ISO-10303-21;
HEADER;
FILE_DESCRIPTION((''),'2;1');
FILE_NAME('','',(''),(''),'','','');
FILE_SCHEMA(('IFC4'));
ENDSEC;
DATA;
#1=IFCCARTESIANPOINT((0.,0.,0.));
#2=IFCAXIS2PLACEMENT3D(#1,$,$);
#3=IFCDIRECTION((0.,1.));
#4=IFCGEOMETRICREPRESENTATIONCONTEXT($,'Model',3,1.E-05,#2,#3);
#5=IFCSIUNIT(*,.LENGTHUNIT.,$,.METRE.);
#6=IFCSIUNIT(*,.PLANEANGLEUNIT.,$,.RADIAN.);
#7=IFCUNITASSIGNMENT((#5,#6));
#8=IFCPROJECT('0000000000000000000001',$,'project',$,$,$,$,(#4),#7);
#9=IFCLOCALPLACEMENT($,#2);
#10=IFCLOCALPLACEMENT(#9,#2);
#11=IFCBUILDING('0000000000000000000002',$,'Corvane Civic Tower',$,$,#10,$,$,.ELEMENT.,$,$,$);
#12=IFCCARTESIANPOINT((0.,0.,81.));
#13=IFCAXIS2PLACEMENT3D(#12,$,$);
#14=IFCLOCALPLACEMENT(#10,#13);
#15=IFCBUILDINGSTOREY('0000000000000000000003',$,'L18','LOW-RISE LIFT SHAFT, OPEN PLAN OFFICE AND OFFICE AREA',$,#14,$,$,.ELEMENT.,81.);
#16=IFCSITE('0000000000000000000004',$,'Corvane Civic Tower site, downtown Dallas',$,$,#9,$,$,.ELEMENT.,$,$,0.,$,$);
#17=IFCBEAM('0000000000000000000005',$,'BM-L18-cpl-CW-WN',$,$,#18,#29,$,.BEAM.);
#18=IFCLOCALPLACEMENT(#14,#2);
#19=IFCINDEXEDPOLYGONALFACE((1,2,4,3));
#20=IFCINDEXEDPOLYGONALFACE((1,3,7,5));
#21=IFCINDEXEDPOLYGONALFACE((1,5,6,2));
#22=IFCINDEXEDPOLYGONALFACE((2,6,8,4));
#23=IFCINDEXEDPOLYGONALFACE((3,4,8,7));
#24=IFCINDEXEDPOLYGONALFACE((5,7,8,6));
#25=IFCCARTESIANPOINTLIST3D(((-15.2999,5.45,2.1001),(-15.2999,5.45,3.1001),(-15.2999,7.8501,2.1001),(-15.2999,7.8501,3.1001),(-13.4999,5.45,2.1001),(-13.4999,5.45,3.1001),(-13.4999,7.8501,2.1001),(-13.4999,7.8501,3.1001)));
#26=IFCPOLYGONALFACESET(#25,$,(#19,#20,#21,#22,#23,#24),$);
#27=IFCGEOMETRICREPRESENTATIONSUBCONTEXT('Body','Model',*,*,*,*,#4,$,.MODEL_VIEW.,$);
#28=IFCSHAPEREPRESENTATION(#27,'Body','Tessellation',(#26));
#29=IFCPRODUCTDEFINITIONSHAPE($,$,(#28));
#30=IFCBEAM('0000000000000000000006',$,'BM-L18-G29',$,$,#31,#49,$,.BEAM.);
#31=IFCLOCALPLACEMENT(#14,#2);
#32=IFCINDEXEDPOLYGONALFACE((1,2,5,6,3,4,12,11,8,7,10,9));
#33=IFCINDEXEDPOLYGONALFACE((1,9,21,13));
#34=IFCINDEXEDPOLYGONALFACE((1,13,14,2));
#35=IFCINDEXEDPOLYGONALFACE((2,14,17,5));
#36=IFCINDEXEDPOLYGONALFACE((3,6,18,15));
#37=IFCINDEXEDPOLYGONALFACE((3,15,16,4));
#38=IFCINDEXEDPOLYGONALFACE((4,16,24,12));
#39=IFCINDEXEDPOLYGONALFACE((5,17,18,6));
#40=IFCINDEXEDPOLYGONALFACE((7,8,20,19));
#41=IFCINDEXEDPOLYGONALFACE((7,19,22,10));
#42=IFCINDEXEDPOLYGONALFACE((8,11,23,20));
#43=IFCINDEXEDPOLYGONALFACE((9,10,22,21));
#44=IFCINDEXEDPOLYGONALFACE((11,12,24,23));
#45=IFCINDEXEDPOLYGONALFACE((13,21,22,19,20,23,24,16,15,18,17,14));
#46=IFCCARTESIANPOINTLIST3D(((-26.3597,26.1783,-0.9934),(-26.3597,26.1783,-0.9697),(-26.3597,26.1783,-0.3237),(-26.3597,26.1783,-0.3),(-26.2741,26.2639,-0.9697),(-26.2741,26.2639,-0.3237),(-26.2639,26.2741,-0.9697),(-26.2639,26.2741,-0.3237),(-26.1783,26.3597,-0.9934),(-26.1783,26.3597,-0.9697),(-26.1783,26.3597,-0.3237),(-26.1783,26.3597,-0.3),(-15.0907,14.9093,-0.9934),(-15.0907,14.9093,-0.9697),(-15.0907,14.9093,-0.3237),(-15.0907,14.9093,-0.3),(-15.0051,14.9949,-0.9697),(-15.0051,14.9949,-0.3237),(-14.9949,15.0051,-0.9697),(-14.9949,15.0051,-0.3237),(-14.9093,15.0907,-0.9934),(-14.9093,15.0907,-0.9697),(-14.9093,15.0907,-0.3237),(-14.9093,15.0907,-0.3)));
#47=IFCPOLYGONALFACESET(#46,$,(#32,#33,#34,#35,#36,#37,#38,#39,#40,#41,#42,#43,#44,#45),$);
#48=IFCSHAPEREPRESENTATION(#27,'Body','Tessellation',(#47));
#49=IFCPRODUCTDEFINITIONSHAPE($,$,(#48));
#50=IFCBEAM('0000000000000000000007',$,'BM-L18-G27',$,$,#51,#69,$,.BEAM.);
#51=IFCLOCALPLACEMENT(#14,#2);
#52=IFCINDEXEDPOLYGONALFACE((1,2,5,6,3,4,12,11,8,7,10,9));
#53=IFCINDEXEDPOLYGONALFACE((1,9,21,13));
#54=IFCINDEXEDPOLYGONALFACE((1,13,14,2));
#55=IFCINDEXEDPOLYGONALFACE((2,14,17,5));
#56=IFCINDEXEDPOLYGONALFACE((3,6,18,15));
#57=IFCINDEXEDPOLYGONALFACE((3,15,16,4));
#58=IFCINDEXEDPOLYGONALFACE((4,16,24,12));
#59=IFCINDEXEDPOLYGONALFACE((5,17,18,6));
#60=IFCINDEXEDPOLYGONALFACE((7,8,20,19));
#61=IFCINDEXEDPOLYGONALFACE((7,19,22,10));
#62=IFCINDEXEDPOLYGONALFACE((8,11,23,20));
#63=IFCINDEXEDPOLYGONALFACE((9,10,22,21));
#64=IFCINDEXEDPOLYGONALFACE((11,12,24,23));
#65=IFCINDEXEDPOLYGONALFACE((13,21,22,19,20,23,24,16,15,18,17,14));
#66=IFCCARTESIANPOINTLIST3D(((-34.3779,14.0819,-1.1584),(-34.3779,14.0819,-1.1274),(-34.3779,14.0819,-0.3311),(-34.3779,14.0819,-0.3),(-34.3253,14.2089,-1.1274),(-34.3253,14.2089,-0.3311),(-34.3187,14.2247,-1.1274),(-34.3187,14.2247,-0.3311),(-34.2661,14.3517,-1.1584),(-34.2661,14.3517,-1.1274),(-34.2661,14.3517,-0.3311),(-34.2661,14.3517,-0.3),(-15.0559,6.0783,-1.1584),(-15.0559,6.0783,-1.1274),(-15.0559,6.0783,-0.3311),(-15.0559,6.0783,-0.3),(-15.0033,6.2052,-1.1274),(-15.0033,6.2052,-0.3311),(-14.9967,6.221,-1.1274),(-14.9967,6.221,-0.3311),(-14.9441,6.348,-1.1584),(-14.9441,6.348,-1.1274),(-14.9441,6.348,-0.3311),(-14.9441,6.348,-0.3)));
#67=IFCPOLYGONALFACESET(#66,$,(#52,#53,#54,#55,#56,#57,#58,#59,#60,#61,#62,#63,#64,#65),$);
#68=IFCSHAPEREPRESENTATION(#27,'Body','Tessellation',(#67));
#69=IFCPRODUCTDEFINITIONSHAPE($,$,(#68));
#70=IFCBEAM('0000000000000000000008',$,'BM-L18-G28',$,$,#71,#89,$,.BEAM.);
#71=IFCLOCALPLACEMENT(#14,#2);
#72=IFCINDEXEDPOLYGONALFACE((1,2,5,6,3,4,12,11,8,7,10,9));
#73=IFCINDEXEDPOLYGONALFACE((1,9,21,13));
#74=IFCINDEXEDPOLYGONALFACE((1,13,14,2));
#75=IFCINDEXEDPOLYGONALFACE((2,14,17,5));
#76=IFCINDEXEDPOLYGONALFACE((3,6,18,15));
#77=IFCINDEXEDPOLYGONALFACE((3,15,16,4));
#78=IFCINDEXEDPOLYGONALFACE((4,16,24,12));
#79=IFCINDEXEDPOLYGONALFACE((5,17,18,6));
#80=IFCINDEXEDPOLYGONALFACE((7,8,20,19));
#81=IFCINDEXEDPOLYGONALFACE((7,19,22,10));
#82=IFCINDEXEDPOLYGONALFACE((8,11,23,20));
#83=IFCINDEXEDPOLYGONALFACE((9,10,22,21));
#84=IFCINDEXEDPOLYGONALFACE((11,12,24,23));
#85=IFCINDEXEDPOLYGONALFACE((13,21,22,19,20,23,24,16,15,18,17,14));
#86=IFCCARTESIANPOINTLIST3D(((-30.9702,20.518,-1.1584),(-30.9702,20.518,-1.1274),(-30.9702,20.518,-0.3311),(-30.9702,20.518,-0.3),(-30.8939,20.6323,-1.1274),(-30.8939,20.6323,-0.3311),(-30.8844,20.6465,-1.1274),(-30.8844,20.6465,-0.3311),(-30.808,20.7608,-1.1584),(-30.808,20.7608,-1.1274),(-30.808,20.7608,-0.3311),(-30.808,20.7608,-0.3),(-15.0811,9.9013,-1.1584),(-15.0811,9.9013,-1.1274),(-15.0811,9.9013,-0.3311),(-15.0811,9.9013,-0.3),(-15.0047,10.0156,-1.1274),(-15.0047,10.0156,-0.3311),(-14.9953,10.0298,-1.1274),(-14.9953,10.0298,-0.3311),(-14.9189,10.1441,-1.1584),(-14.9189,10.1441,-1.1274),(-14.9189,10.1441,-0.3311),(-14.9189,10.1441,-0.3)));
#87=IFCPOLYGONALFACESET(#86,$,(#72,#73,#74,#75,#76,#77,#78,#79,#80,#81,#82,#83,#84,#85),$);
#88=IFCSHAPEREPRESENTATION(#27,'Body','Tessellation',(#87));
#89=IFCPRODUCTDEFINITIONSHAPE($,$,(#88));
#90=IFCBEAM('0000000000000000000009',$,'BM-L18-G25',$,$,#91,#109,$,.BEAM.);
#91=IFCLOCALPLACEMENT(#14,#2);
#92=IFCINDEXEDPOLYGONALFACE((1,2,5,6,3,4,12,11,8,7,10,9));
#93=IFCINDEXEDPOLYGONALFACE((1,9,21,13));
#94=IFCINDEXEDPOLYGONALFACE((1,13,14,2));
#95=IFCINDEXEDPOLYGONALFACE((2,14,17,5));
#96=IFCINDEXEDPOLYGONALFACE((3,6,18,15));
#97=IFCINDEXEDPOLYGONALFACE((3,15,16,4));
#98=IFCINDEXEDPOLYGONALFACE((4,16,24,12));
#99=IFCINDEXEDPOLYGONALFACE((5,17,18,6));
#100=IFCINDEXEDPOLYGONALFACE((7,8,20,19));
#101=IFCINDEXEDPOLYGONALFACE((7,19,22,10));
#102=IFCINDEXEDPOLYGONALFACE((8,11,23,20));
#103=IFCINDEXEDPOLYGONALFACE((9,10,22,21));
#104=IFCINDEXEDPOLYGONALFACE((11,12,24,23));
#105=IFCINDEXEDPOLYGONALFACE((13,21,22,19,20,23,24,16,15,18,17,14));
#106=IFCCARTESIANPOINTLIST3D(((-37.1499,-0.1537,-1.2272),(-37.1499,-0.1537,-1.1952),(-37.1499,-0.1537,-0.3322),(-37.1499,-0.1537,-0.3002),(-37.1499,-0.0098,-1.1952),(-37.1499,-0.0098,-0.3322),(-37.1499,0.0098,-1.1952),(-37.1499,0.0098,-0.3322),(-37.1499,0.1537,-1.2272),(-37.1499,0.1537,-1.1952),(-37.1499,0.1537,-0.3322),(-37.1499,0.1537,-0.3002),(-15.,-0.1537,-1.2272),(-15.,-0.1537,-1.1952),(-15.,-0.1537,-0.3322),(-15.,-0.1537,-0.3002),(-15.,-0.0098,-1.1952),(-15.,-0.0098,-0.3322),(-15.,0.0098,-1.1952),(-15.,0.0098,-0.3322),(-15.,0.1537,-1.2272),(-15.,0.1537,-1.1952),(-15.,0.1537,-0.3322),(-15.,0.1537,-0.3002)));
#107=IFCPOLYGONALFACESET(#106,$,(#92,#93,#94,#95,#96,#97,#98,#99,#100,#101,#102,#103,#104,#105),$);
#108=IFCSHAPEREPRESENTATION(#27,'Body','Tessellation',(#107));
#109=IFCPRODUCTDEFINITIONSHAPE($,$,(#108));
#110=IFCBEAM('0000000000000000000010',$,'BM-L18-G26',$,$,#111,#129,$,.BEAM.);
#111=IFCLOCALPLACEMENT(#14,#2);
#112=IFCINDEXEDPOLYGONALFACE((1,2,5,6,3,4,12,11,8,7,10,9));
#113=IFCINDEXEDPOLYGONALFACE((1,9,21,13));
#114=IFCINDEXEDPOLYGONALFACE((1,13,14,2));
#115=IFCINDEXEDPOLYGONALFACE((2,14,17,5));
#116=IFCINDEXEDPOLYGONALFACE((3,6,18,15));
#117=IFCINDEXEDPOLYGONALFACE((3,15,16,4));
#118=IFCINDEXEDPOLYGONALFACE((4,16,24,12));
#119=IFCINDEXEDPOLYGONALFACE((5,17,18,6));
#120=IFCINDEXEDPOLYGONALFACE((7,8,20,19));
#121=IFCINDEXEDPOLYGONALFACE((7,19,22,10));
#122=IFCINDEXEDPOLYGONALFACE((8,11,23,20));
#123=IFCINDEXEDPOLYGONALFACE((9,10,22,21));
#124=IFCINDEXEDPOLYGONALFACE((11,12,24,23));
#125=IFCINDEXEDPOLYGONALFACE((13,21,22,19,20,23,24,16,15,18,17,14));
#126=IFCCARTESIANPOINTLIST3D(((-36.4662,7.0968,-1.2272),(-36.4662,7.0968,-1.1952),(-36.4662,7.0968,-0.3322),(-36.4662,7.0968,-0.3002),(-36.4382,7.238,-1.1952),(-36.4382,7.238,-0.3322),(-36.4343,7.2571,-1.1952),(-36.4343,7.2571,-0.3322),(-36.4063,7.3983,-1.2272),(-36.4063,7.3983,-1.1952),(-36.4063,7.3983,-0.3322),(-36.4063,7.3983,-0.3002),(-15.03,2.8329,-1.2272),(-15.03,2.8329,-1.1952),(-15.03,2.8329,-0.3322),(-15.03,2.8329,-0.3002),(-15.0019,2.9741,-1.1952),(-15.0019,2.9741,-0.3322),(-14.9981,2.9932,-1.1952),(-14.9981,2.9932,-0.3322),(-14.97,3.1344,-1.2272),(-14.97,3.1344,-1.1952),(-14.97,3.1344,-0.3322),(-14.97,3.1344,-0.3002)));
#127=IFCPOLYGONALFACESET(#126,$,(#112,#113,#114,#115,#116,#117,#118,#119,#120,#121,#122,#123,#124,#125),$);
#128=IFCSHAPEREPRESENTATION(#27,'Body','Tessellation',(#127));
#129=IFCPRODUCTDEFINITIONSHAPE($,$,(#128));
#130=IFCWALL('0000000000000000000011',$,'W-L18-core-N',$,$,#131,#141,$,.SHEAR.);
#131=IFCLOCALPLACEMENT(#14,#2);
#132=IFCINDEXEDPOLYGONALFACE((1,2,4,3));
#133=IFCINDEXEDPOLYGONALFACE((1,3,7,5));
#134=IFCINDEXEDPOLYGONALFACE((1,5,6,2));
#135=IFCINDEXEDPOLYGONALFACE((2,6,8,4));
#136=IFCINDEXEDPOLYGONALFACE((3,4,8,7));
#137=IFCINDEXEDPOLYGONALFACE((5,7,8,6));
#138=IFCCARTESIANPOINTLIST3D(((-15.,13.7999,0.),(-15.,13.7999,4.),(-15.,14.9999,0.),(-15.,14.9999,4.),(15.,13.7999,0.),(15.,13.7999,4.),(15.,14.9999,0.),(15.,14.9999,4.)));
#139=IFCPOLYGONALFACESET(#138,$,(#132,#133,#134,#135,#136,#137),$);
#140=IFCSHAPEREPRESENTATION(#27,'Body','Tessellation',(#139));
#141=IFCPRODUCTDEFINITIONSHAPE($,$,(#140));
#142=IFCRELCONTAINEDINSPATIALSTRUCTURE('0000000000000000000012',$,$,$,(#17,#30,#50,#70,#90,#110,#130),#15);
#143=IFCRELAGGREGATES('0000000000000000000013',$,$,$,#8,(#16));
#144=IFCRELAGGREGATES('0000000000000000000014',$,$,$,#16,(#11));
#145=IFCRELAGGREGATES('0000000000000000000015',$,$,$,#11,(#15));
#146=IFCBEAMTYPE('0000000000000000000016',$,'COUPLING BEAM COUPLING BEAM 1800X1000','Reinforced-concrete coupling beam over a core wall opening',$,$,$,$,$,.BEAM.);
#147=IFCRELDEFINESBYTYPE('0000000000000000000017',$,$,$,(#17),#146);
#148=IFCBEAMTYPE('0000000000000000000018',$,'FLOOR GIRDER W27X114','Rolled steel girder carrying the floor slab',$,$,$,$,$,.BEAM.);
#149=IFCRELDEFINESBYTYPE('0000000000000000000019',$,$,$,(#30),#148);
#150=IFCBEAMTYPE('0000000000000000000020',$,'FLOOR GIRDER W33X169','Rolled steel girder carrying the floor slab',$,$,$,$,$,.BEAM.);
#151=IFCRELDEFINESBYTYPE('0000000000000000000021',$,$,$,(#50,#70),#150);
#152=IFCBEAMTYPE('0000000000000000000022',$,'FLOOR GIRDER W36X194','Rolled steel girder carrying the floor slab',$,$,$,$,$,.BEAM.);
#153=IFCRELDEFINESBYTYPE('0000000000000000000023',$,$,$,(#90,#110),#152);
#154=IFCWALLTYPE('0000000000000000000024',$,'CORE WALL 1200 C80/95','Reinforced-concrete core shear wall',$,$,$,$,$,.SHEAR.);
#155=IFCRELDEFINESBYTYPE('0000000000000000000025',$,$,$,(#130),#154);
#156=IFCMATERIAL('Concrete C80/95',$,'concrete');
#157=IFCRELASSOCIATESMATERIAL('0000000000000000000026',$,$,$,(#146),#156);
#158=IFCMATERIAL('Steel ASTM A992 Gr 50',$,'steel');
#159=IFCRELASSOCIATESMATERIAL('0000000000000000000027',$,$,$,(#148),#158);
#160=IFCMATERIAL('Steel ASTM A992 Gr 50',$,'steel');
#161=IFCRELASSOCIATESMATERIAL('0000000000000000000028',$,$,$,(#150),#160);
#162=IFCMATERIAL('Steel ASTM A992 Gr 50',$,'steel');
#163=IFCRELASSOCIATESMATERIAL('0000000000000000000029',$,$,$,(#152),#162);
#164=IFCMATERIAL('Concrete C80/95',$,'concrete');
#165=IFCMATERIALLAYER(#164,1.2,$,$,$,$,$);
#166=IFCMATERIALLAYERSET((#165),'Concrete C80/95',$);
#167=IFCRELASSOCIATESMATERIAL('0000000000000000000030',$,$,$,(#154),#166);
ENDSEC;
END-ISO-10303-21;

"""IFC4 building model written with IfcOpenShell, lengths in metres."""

from ifc_helpers import new_model, si_unit, direction, frame, frame_2d, origin, origin_2d, place, context, subcontext, project, spatial, rectangle, i_section, extrude, material, layer, layer_set, material_profile, profile_set, type_object, element, save


model = new_model("IFC4")

# Units and contexts
model_context = context("Model", 3, precision=1e-05, world=origin(), true_north=direction((0.0, 1.0)))
body_context = subcontext(model_context, "Body", "Model", "MODEL_VIEW")
ifc_project = project(units=[si_unit("LENGTHUNIT", "METRE"), si_unit("PLANEANGLEUNIT", "RADIAN")], contexts=[model_context])

# Site, building, storey
site_placement = place(None, origin())
site = spatial("IfcSite", under=ifc_project, at=site_placement, Name="Corvane Civic Tower site, downtown Dallas", CompositionType="ELEMENT", RefElevation=0.0)
building_placement = place(site_placement, origin())
building = spatial("IfcBuilding", under=site, at=building_placement, Name="Corvane Civic Tower", CompositionType="ELEMENT")
storey_placement = place(building_placement, frame((0.0, 0.0, 81.0)))
storey = spatial("IfcBuildingStorey", under=building, at=storey_placement, Name="L18", Description="LOW-RISE LIFT SHAFT, OPEN PLAN OFFICE AND OFFICE AREA", CompositionType="ELEMENT", Elevation=81.0)

# Beams
ifc_material_1 = material(Name="Concrete C80/95", Category="concrete")
ifc_material_profile_1 = material_profile(ifc_material_1, rectangle(XDim=1.8, YDim=1.0, at=origin_2d()), Name="COUPLING BEAM 1800X1000")
ifc_profile_set_1 = profile_set([ifc_material_profile_1], Name="Concrete C80/95")
beam_type_1 = type_object("IfcBeamType", Name="COUPLING BEAM COUPLING BEAM 1800X1000", Description="Reinforced-concrete coupling beam over a core wall opening", PredefinedType="BEAM", material=ifc_profile_set_1)
beam_1_placement = place(storey_placement, frame((-14.3999, 5.45, 2.6001), z_axis=(0.0, 1.0, 0.0), x_axis=(-1.0, 0.0, 0.0)))
element("IfcBeam", 1, at=beam_1_placement, inside=storey, type_object=beam_type_1, Name="BM-L18-cpl-CW-WN", PredefinedType="BEAM", context=body_context, shape_type="SweptSolid", body=[
    extrude(rectangle(XDim=1.8, YDim=1.0, at=origin_2d()), origin(), (0.0, 0.0, 1.0), 2.4001),
])
ifc_material_2 = material(Name="Steel ASTM A992 Gr 50", Category="steel")
ifc_material_profile_2 = material_profile(ifc_material_2, i_section(OverallWidth=0.2566, OverallDepth=0.6934, WebThickness=0.0144, FlangeThickness=0.0237, at=origin_2d()), Name="W27X114")
ifc_profile_set_2 = profile_set([ifc_material_profile_2], Name="Steel ASTM A992 Gr 50")
beam_type_2 = type_object("IfcBeamType", Name="FLOOR GIRDER W27X114", Description="Rolled steel girder carrying the floor slab", PredefinedType="BEAM", material=ifc_profile_set_2)
beam_2_placement = place(storey_placement, frame((-15.0, 15.0, -0.6467), z_axis=(-0.707107, 0.707107, 0.0), x_axis=(-0.707107, -0.707107, 0.0)))
element("IfcBeam", 2, at=beam_2_placement, inside=storey, type_object=beam_type_2, Name="BM-L18-G29", PredefinedType="BEAM", context=body_context, shape_type="SweptSolid", body=[
    extrude(i_section(OverallWidth=0.2566, OverallDepth=0.6934, WebThickness=0.0144, FlangeThickness=0.0237, at=origin_2d()), origin(), (0.0, 0.0, 1.0), 15.9368),
])
ifc_material_3 = material(Name="Steel ASTM A992 Gr 50", Category="steel")
ifc_material_profile_3 = material_profile(ifc_material_3, i_section(OverallWidth=0.292, OverallDepth=0.8584, WebThickness=0.0171, FlangeThickness=0.031, at=origin_2d()), Name="W33X169")
ifc_profile_set_3 = profile_set([ifc_material_profile_3], Name="Steel ASTM A992 Gr 50")
beam_type_3 = type_object("IfcBeamType", Name="FLOOR GIRDER W33X169", Description="Rolled steel girder carrying the floor slab", PredefinedType="BEAM", material=ifc_profile_set_3)
beam_3_placement = place(storey_placement, frame((-15.0, 6.2131, -0.7292), z_axis=(-0.923876, 0.382692, 0.0), x_axis=(-0.382692, -0.923876, 0.0)))
element("IfcBeam", 3, at=beam_3_placement, inside=storey, type_object=beam_type_3, Name="BM-L18-G27", PredefinedType="BEAM", context=body_context, shape_type="SweptSolid", body=[
    extrude(i_section(OverallWidth=0.292, OverallDepth=0.8584, WebThickness=0.0171, FlangeThickness=0.031, at=origin_2d()), origin(), (0.0, 0.0, 1.0), 20.9141),
])
beam_4_placement = place(storey_placement, frame((-15.0, 10.0227, -0.7292), z_axis=(-0.831472, 0.555567, 0.0), x_axis=(-0.555567, -0.831472, 0.0)))
element("IfcBeam", 4, at=beam_4_placement, inside=storey, type_object=beam_type_3, Name="BM-L18-G28", PredefinedType="BEAM", context=body_context, shape_type="SweptSolid", body=[
    extrude(i_section(OverallWidth=0.292, OverallDepth=0.8584, WebThickness=0.0171, FlangeThickness=0.031, at=origin_2d()), origin(), (0.0, 0.0, 1.0), 19.1096),
])
ifc_material_4 = material(Name="Steel ASTM A992 Gr 50", Category="steel")
ifc_material_profile_4 = material_profile(ifc_material_4, i_section(OverallWidth=0.3074, OverallDepth=0.927, WebThickness=0.0195, FlangeThickness=0.032, at=origin_2d()), Name="W36X194")
ifc_profile_set_4 = profile_set([ifc_material_profile_4], Name="Steel ASTM A992 Gr 50")
beam_type_4 = type_object("IfcBeamType", Name="FLOOR GIRDER W36X194", Description="Rolled steel girder carrying the floor slab", PredefinedType="BEAM", material=ifc_profile_set_4)
beam_5_placement = place(storey_placement, frame((-15.0, 0.0, -0.7637), z_axis=(-1.0, 0.0, 0.0), x_axis=(0.0, -1.0, 0.0)))
element("IfcBeam", 5, at=beam_5_placement, inside=storey, type_object=beam_type_4, Name="BM-L18-G25", PredefinedType="BEAM", context=body_context, shape_type="SweptSolid", body=[
    extrude(i_section(OverallWidth=0.3074, OverallDepth=0.927, WebThickness=0.0195, FlangeThickness=0.032, at=origin_2d()), origin(), (0.0, 0.0, 1.0), 22.1499),
])
beam_6_placement = place(storey_placement, frame((-15.0, 2.9836, -0.7637), z_axis=(-0.980785, 0.195089, 0.0), x_axis=(-0.195089, -0.980785, 0.0)))
element("IfcBeam", 6, at=beam_6_placement, inside=storey, type_object=beam_type_4, Name="BM-L18-G26", PredefinedType="BEAM", context=body_context, shape_type="SweptSolid", body=[
    extrude(i_section(OverallWidth=0.3074, OverallDepth=0.927, WebThickness=0.0195, FlangeThickness=0.032, at=origin_2d()), origin(), (0.0, 0.0, 1.0), 21.8562),
])

# Wall
ifc_material_5 = material(Name="Concrete C80/95", Category="concrete")
ifc_layer_1 = layer(ifc_material_5, 1.2)
ifc_layer_set_1 = layer_set([ifc_layer_1], Name="Concrete C80/95")
wall_type_1 = type_object("IfcWallType", Name="CORE WALL 1200 C80/95", Description="Reinforced-concrete core shear wall", PredefinedType="SHEAR", material=ifc_layer_set_1)
wall_1_placement = place(storey_placement, frame((-15.0, 14.3999, 0.0), z_axis=(0.0, 0.0, 1.0), x_axis=(1.0, 0.0, 0.0)))
element("IfcWall", 7, at=wall_1_placement, inside=storey, type_object=wall_type_1, Name="W-L18-core-N", PredefinedType="SHEAR", context=body_context, shape_type="SweptSolid", body=[
    extrude(rectangle(XDim=30.0, YDim=1.2, at=frame_2d((15.0, 0.0))), origin(), (0.0, 0.0, 1.0), 4.0),
])

save(model, "model.ifc")
